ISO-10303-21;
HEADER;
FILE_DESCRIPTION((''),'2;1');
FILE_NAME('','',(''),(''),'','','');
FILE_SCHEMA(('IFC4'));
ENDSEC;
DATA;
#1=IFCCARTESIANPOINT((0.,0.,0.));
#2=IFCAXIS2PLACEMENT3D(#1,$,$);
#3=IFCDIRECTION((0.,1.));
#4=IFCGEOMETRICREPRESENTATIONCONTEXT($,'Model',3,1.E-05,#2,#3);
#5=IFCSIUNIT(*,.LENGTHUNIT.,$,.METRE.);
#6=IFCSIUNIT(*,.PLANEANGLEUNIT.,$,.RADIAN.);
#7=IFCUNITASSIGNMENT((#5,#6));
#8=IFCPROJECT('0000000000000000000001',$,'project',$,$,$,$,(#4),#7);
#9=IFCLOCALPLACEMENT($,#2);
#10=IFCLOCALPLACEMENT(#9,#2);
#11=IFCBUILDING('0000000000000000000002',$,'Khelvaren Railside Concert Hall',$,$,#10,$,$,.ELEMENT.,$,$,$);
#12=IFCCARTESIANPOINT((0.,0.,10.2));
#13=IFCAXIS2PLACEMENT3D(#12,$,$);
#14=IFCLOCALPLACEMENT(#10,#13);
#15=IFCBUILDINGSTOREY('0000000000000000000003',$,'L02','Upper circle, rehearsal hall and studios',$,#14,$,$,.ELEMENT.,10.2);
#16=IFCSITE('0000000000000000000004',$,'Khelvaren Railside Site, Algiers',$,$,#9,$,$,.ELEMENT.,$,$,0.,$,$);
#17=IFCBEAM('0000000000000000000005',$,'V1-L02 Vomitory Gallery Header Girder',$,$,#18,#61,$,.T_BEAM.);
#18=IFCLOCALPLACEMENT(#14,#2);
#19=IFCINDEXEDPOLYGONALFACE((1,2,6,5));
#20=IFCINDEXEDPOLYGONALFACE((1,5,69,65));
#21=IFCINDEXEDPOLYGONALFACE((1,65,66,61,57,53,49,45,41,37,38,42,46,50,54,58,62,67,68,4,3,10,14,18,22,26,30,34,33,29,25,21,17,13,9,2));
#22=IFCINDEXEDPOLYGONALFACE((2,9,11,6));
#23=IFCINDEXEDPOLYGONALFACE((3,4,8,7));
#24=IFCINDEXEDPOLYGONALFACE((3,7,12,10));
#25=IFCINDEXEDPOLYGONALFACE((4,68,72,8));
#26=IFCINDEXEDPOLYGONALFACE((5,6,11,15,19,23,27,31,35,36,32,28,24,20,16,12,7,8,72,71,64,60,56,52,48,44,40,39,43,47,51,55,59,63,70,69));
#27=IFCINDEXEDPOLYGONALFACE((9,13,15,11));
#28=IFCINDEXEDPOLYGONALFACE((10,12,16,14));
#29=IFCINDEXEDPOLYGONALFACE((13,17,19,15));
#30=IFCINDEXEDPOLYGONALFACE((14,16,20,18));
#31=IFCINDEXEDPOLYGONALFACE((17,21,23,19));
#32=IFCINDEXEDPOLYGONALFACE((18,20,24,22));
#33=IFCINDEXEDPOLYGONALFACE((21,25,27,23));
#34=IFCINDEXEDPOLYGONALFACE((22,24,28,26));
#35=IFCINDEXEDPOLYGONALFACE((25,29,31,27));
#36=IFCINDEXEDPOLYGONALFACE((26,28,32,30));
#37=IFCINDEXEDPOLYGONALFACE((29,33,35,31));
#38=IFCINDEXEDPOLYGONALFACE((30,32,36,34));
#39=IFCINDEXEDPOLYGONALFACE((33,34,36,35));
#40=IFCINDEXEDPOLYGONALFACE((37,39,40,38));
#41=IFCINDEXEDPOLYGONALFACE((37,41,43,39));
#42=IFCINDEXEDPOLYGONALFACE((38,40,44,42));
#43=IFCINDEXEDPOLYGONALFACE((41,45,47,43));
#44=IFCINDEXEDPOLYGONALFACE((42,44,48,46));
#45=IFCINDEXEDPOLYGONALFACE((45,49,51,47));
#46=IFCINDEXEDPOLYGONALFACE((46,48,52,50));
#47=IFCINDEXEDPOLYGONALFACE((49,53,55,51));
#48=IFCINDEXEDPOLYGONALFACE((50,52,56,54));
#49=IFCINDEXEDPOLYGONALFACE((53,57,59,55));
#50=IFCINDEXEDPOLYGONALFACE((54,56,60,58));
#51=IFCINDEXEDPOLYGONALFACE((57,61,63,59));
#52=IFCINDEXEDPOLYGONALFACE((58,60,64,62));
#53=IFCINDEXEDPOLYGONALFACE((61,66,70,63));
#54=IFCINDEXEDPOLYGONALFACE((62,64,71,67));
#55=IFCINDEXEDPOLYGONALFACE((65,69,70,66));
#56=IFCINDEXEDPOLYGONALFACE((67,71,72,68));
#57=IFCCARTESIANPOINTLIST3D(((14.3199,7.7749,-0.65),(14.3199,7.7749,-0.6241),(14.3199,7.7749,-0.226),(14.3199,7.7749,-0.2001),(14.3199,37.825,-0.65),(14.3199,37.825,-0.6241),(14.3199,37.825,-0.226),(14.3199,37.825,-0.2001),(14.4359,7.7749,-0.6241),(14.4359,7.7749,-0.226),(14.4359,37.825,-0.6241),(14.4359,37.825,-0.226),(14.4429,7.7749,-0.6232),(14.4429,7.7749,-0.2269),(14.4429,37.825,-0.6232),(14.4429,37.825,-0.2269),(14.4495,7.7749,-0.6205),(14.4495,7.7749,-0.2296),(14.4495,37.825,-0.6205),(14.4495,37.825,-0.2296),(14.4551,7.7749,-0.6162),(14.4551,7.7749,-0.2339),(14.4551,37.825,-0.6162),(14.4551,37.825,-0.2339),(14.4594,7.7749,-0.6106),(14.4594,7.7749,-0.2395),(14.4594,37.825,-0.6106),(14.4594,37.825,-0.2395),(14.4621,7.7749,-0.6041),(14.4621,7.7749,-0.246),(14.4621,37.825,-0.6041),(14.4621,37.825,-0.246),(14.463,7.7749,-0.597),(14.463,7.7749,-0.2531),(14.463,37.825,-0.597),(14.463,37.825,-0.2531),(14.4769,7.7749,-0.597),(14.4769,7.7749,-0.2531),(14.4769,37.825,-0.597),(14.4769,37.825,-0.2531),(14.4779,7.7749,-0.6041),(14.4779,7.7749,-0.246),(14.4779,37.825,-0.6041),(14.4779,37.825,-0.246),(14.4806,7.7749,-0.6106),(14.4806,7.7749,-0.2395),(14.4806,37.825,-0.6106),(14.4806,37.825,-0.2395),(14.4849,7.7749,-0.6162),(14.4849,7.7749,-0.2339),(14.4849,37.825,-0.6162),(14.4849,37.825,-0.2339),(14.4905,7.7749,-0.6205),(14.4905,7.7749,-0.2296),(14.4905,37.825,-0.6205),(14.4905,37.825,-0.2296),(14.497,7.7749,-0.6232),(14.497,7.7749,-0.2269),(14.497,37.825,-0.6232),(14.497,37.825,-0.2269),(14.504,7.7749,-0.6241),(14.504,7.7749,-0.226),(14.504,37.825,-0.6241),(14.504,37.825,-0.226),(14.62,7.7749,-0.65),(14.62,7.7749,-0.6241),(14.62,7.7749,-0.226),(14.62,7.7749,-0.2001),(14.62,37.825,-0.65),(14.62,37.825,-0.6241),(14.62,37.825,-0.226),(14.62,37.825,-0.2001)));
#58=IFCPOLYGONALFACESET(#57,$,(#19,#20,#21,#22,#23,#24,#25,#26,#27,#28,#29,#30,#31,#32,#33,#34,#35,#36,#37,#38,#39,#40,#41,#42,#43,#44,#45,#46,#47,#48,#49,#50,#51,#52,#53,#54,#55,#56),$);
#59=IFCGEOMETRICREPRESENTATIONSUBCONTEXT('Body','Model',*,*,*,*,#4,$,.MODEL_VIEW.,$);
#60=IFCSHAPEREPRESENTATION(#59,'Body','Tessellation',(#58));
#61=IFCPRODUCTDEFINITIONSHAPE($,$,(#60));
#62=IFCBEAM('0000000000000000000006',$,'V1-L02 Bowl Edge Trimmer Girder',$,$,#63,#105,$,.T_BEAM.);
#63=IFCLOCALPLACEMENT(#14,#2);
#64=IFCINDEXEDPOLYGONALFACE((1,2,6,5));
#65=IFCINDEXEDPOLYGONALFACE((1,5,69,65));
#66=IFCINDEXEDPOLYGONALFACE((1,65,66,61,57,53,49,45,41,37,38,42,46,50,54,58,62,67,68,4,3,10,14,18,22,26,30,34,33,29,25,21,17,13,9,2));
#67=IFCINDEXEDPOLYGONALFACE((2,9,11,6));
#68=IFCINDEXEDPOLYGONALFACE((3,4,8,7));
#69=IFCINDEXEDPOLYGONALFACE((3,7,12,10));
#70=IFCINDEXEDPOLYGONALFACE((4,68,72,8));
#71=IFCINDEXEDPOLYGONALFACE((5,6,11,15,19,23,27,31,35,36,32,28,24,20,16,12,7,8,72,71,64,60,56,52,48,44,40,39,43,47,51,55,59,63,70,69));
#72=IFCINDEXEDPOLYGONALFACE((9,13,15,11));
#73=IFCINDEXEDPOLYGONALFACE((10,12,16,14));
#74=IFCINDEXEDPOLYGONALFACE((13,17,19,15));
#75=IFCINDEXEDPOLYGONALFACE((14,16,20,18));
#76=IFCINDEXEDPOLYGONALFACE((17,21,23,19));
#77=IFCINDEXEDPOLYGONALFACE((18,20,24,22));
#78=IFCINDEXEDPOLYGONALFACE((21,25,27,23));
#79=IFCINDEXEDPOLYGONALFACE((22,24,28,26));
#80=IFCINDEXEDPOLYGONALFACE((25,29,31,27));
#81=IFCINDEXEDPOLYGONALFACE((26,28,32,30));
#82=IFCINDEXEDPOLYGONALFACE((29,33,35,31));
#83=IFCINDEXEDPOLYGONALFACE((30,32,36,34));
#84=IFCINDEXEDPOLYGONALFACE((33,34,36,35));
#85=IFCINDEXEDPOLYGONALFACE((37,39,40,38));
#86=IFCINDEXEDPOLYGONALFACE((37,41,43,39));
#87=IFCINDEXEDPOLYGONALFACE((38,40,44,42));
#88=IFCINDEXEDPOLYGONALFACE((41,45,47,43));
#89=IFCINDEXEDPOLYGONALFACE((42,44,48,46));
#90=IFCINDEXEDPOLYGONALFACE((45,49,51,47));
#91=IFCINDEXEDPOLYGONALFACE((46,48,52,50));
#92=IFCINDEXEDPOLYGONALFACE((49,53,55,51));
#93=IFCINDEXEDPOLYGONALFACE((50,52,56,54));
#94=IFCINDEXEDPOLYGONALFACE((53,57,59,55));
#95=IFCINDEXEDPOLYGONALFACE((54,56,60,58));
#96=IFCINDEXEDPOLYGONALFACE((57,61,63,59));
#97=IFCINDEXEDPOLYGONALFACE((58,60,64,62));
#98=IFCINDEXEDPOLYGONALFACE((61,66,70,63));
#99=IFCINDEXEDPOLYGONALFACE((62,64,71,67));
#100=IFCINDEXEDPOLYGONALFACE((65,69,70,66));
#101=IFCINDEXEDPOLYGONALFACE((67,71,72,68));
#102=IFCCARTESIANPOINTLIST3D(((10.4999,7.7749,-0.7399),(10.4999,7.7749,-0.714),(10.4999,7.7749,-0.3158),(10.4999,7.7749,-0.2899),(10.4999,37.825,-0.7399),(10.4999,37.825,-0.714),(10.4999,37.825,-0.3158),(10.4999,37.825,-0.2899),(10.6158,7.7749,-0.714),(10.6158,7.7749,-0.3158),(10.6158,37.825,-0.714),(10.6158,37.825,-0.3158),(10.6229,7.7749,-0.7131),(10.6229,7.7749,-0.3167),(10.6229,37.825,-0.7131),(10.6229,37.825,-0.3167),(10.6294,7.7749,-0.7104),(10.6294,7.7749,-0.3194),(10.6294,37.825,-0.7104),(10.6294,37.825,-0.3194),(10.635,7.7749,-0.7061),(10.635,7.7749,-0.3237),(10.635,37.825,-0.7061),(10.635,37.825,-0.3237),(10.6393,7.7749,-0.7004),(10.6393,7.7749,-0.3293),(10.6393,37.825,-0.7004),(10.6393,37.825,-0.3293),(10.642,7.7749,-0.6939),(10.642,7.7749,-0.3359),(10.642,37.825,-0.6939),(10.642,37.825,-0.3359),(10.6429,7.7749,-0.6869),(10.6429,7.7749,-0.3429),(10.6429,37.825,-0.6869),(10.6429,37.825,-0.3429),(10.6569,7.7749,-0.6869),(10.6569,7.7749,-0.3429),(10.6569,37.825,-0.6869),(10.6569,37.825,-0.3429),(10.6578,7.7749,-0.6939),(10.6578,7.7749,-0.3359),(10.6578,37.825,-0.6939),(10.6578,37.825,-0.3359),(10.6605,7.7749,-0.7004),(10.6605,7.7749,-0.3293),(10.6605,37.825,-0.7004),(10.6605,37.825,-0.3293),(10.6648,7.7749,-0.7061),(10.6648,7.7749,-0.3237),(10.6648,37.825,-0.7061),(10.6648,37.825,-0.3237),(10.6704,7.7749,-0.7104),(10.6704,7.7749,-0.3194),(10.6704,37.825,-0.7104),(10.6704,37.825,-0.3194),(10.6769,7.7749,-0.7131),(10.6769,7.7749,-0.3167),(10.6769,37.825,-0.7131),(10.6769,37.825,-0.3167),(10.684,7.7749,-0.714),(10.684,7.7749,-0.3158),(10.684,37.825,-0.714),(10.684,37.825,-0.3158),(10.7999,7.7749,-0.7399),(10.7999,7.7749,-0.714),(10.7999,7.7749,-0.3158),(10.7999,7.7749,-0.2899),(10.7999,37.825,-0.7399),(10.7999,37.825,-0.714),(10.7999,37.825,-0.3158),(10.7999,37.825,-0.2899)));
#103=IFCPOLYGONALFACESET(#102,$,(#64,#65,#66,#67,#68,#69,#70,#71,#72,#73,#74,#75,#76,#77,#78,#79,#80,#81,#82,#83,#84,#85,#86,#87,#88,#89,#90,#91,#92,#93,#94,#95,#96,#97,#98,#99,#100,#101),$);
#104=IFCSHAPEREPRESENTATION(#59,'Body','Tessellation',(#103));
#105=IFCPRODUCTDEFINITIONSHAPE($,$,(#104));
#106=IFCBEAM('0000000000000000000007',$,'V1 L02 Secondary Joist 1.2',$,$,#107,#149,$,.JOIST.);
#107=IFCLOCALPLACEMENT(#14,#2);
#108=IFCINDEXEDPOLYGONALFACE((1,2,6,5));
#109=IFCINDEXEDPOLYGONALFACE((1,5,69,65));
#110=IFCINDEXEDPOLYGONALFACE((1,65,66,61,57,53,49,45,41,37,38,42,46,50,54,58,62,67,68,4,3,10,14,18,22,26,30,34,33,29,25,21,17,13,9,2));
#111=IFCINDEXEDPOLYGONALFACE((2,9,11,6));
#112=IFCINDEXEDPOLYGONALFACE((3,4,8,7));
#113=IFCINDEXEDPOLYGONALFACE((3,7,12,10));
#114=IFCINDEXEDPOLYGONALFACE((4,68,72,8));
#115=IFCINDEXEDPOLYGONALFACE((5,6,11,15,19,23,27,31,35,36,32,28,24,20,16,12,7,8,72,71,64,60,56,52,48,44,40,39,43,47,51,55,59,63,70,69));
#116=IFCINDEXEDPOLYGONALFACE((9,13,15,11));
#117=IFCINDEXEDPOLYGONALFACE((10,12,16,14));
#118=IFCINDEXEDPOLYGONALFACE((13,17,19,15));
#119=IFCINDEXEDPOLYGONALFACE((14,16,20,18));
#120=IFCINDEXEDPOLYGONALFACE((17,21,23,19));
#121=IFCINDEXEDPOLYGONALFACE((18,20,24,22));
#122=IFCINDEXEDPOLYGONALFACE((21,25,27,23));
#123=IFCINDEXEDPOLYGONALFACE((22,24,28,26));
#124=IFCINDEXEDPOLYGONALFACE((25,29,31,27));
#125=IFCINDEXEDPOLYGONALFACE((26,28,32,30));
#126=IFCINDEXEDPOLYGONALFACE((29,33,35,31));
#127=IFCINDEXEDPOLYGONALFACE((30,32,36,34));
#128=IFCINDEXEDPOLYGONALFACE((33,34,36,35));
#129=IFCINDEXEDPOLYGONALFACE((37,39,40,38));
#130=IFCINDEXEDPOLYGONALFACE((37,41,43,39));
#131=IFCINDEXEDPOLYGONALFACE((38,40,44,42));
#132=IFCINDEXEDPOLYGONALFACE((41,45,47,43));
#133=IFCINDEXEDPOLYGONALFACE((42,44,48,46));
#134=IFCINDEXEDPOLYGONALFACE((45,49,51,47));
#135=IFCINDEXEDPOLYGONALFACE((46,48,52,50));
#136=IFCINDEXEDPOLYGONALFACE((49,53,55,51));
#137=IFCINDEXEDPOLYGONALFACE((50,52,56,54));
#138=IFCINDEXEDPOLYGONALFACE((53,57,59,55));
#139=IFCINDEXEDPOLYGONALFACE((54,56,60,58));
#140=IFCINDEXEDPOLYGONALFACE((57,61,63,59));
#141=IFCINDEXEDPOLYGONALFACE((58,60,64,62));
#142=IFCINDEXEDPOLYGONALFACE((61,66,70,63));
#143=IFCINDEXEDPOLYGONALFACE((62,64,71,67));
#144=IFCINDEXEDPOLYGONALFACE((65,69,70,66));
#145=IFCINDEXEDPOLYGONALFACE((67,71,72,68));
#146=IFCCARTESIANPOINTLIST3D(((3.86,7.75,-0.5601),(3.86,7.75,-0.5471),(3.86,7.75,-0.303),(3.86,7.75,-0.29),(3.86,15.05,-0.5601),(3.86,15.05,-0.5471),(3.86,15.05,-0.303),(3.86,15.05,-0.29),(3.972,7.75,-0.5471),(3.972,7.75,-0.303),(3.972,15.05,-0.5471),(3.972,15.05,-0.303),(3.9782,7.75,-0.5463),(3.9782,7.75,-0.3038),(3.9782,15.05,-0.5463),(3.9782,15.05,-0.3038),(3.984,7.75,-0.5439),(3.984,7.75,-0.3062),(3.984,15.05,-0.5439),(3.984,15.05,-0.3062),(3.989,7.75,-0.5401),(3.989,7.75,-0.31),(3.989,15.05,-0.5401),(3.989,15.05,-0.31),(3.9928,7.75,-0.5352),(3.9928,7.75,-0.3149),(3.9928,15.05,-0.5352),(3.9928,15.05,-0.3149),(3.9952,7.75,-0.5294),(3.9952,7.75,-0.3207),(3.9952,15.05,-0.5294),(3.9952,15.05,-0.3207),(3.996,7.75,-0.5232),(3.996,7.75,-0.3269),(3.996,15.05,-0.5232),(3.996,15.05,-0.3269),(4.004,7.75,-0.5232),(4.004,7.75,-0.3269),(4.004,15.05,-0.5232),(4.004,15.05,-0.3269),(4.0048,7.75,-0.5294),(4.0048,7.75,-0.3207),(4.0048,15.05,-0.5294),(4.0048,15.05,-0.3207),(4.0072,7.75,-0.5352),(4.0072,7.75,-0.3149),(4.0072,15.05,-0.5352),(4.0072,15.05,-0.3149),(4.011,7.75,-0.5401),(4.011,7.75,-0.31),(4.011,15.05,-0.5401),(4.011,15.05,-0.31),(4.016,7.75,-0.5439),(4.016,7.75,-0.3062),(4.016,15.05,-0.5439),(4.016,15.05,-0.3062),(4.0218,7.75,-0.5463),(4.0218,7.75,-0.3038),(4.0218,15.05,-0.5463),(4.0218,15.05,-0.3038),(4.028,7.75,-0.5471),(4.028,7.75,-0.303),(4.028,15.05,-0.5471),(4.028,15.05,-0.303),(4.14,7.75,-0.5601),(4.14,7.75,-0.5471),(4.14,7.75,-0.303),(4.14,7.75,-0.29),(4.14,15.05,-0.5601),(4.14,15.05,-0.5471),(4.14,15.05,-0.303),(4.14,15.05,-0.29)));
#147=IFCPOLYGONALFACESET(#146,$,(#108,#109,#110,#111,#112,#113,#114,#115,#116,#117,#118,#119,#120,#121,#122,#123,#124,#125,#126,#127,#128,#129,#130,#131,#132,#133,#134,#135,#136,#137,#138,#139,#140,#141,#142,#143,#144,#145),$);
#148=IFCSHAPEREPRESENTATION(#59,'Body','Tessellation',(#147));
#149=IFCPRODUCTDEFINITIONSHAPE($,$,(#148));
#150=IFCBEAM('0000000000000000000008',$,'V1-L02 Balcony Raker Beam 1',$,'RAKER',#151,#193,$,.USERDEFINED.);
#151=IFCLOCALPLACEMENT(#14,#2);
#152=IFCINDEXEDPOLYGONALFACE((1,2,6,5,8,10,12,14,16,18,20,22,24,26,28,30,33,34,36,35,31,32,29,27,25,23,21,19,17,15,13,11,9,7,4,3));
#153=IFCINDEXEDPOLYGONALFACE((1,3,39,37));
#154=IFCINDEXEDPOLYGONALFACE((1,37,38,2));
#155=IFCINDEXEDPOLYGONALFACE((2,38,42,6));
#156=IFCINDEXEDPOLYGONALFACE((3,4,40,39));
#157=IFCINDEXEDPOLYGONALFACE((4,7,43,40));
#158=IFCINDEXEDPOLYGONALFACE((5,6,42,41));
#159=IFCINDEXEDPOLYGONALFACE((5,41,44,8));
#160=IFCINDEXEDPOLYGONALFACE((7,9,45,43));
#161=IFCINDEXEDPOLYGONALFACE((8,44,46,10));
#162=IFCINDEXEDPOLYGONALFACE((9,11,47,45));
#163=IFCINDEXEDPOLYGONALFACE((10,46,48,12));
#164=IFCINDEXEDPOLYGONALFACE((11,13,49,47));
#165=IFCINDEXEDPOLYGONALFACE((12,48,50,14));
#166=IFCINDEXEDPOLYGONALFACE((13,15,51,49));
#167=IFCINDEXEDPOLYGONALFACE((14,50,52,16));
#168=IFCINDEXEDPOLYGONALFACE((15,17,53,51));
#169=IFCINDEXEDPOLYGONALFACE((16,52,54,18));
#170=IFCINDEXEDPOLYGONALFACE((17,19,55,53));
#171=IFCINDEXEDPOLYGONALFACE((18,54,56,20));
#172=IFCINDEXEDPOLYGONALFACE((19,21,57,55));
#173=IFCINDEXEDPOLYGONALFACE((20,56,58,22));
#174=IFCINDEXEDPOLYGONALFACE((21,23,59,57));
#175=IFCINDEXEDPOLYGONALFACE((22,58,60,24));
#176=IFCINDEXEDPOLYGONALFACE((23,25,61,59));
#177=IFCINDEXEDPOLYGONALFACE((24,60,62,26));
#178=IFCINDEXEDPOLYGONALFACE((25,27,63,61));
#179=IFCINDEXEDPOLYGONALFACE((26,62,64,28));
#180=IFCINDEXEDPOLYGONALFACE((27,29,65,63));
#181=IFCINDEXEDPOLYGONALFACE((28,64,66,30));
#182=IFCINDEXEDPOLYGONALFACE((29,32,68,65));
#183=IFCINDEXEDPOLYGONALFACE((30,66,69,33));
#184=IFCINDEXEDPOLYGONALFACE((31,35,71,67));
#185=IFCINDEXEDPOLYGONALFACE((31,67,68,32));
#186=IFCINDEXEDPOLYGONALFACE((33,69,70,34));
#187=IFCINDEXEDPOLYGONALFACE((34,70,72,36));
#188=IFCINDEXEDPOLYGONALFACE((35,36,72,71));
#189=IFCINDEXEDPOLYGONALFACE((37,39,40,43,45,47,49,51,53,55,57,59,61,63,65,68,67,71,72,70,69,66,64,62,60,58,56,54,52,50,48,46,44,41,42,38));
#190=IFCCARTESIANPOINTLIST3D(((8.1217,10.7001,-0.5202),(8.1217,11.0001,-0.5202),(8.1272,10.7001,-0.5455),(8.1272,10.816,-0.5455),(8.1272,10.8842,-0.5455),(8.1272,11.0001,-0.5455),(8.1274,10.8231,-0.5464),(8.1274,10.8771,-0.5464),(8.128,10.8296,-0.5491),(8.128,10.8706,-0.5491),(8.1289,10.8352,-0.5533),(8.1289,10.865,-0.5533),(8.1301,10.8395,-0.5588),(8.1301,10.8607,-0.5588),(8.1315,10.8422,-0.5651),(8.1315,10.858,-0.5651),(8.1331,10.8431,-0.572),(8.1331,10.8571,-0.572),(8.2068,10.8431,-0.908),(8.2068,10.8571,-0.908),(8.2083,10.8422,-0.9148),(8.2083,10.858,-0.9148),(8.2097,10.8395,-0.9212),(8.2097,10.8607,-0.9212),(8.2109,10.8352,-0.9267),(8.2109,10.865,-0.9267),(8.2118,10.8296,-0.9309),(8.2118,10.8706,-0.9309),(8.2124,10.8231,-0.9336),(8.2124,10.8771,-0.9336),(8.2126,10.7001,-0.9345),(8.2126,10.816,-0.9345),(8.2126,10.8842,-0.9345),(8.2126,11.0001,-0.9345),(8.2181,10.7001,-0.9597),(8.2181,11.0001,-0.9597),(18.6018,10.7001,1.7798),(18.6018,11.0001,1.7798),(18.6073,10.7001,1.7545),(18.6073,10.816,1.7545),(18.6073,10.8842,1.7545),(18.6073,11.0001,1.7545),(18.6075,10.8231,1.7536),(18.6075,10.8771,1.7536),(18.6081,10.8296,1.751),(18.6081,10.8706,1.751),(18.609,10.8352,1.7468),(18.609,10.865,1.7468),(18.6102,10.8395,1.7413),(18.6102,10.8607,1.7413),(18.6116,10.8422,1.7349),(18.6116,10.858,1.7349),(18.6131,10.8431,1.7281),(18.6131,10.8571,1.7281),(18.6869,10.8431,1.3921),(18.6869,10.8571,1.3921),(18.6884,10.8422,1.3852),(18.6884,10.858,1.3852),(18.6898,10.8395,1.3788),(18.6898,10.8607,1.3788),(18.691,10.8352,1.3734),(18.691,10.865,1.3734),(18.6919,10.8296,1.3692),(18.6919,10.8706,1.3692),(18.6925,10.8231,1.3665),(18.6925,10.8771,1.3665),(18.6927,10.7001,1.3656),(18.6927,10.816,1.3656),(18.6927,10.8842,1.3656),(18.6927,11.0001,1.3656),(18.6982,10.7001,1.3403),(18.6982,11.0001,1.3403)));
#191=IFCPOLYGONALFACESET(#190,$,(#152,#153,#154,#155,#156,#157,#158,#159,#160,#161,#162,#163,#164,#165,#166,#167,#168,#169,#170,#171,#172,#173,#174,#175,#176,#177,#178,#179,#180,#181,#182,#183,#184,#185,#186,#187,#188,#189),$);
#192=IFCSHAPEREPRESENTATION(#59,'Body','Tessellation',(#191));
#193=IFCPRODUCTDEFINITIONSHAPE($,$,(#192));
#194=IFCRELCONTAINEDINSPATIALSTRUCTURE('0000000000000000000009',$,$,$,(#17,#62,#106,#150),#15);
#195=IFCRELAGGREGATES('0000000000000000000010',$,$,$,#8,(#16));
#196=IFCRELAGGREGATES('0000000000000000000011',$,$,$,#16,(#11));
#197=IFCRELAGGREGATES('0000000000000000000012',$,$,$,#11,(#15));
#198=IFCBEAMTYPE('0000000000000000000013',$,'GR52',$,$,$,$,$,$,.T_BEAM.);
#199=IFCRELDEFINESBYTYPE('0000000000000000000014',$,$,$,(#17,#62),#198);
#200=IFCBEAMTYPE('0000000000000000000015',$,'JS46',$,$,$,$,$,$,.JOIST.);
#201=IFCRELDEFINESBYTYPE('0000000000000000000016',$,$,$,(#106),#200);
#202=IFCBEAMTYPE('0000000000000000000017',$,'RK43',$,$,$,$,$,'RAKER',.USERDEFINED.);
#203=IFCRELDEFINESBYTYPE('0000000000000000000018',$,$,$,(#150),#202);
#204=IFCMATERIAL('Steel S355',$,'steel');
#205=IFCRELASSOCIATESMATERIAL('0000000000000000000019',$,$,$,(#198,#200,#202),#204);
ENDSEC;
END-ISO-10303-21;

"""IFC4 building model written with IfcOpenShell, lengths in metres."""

from ifc_helpers import new_model, si_unit, direction, frame, origin, origin_2d, place, context, subcontext, project, spatial, i_section, extrude, material, material_profile, profile_set, type_object, element, save


model = new_model("IFC4")

# Units and contexts
model_context = context("Model", 3, precision=1e-05, world=origin(), true_north=direction((0.0, 1.0)))
body_context = subcontext(model_context, "Body", "Model", "MODEL_VIEW")
ifc_project = project(units=[si_unit("LENGTHUNIT", "METRE"), si_unit("PLANEANGLEUNIT", "RADIAN")], contexts=[model_context])

# Site, building, storey
site_placement = place(None, origin())
site = spatial("IfcSite", under=ifc_project, at=site_placement, Name="Khelvaren Railside Site, Algiers", CompositionType="ELEMENT", RefElevation=0.0)
building_placement = place(site_placement, origin())
building = spatial("IfcBuilding", under=site, at=building_placement, Name="Khelvaren Railside Concert Hall", CompositionType="ELEMENT")
storey_placement = place(building_placement, frame((0.0, 0.0, 10.2)))
storey = spatial("IfcBuildingStorey", under=building, at=storey_placement, Name="L02", Description="Upper circle, rehearsal hall and studios", CompositionType="ELEMENT", Elevation=10.2)

# Beams
ifc_material_1 = material(Name="Steel S355", Category="steel")
ifc_material_profile_1 = material_profile(ifc_material_1, i_section(OverallWidth=0.3, OverallDepth=0.45, WebThickness=0.0139, FlangeThickness=0.0259, FilletRadius=0.0271, at=origin_2d()), Name="HEB 450")
ifc_profile_set_1 = profile_set([ifc_material_profile_1], Name="Steel S355")
beam_type_1 = type_object("IfcBeamType", Name="GR52", PredefinedType="T_BEAM", material=ifc_profile_set_1)
for number, where, z_axis, x_axis, name in (
    (1, (14.47, 7.7749, -0.425), (0.0, 1.0, 0.0), (-1.0, 0.0, 0.0), "V1-L02 Vomitory Gallery Header Girder"),
    (2, (10.6499, 7.7749, -0.5149), (0.0, 1.0, 0.0), (-1.0, 0.0, 0.0), "V1-L02 Bowl Edge Trimmer Girder"),
):
    element("IfcBeam", number, at=place(storey_placement, frame(where, z_axis=z_axis, x_axis=x_axis)), inside=storey, type_object=beam_type_1, Name=name, PredefinedType="T_BEAM", context=body_context, shape_type="SweptSolid", body=[
        extrude(i_section(OverallWidth=0.3, OverallDepth=0.45, WebThickness=0.0139, FlangeThickness=0.0259, FilletRadius=0.0271, at=origin_2d()), origin(), (0.0, 0.0, 1.0), 30.05),
    ])
ifc_material_profile_2 = material_profile(ifc_material_1, i_section(OverallWidth=0.28, OverallDepth=0.27, WebThickness=0.0081, FlangeThickness=0.0129, FilletRadius=0.0239, at=origin_2d()), Name="HEA 280")
ifc_profile_set_2 = profile_set([ifc_material_profile_2], Name="Steel S355")
beam_type_2 = type_object("IfcBeamType", Name="JS46", PredefinedType="JOIST", material=ifc_profile_set_2)
beam_1_placement = place(storey_placement, frame((4.0, 7.75, -0.425), z_axis=(0.0, 1.0, 0.0), x_axis=(-1.0, 0.0, 0.0)))
element("IfcBeam", 3, at=beam_1_placement, inside=storey, type_object=beam_type_2, Name="V1 L02 Secondary Joist 1.2", PredefinedType="JOIST", context=body_context, shape_type="SweptSolid", body=[
    extrude(i_section(OverallWidth=0.28, OverallDepth=0.27, WebThickness=0.0081, FlangeThickness=0.0129, FilletRadius=0.0239, at=origin_2d()), origin(), (0.0, 0.0, 1.0), 7.3),
])
ifc_material_profile_3 = material_profile(ifc_material_1, i_section(OverallWidth=0.3, OverallDepth=0.45, WebThickness=0.0139, FlangeThickness=0.0259, FilletRadius=0.0271, at=origin_2d()), Name="HEB 450")
ifc_profile_set_3 = profile_set([ifc_material_profile_3], Name="Steel S355")
beam_type_3 = type_object("IfcBeamType", Name="RK43", ElementType="RAKER", PredefinedType="USERDEFINED", material=ifc_profile_set_3)
beam_2_placement = place(storey_placement, frame((8.1699, 10.8501, -0.74), z_axis=(0.976753, 0.0, 0.214369), x_axis=(0.0, 1.0, 0.0)))
element("IfcBeam", 4, at=beam_2_placement, inside=storey, type_object=beam_type_3, Name="V1-L02 Balcony Raker Beam 1", ObjectType="RAKER", PredefinedType="USERDEFINED", context=body_context, shape_type="SweptSolid", body=[
    extrude(i_section(OverallWidth=0.3, OverallDepth=0.45, WebThickness=0.0139, FlangeThickness=0.0259, FilletRadius=0.0271, at=origin_2d()), origin(), (0.0, 0.0, 1.0), 10.7295),
])

save(model, "model.ifc")
